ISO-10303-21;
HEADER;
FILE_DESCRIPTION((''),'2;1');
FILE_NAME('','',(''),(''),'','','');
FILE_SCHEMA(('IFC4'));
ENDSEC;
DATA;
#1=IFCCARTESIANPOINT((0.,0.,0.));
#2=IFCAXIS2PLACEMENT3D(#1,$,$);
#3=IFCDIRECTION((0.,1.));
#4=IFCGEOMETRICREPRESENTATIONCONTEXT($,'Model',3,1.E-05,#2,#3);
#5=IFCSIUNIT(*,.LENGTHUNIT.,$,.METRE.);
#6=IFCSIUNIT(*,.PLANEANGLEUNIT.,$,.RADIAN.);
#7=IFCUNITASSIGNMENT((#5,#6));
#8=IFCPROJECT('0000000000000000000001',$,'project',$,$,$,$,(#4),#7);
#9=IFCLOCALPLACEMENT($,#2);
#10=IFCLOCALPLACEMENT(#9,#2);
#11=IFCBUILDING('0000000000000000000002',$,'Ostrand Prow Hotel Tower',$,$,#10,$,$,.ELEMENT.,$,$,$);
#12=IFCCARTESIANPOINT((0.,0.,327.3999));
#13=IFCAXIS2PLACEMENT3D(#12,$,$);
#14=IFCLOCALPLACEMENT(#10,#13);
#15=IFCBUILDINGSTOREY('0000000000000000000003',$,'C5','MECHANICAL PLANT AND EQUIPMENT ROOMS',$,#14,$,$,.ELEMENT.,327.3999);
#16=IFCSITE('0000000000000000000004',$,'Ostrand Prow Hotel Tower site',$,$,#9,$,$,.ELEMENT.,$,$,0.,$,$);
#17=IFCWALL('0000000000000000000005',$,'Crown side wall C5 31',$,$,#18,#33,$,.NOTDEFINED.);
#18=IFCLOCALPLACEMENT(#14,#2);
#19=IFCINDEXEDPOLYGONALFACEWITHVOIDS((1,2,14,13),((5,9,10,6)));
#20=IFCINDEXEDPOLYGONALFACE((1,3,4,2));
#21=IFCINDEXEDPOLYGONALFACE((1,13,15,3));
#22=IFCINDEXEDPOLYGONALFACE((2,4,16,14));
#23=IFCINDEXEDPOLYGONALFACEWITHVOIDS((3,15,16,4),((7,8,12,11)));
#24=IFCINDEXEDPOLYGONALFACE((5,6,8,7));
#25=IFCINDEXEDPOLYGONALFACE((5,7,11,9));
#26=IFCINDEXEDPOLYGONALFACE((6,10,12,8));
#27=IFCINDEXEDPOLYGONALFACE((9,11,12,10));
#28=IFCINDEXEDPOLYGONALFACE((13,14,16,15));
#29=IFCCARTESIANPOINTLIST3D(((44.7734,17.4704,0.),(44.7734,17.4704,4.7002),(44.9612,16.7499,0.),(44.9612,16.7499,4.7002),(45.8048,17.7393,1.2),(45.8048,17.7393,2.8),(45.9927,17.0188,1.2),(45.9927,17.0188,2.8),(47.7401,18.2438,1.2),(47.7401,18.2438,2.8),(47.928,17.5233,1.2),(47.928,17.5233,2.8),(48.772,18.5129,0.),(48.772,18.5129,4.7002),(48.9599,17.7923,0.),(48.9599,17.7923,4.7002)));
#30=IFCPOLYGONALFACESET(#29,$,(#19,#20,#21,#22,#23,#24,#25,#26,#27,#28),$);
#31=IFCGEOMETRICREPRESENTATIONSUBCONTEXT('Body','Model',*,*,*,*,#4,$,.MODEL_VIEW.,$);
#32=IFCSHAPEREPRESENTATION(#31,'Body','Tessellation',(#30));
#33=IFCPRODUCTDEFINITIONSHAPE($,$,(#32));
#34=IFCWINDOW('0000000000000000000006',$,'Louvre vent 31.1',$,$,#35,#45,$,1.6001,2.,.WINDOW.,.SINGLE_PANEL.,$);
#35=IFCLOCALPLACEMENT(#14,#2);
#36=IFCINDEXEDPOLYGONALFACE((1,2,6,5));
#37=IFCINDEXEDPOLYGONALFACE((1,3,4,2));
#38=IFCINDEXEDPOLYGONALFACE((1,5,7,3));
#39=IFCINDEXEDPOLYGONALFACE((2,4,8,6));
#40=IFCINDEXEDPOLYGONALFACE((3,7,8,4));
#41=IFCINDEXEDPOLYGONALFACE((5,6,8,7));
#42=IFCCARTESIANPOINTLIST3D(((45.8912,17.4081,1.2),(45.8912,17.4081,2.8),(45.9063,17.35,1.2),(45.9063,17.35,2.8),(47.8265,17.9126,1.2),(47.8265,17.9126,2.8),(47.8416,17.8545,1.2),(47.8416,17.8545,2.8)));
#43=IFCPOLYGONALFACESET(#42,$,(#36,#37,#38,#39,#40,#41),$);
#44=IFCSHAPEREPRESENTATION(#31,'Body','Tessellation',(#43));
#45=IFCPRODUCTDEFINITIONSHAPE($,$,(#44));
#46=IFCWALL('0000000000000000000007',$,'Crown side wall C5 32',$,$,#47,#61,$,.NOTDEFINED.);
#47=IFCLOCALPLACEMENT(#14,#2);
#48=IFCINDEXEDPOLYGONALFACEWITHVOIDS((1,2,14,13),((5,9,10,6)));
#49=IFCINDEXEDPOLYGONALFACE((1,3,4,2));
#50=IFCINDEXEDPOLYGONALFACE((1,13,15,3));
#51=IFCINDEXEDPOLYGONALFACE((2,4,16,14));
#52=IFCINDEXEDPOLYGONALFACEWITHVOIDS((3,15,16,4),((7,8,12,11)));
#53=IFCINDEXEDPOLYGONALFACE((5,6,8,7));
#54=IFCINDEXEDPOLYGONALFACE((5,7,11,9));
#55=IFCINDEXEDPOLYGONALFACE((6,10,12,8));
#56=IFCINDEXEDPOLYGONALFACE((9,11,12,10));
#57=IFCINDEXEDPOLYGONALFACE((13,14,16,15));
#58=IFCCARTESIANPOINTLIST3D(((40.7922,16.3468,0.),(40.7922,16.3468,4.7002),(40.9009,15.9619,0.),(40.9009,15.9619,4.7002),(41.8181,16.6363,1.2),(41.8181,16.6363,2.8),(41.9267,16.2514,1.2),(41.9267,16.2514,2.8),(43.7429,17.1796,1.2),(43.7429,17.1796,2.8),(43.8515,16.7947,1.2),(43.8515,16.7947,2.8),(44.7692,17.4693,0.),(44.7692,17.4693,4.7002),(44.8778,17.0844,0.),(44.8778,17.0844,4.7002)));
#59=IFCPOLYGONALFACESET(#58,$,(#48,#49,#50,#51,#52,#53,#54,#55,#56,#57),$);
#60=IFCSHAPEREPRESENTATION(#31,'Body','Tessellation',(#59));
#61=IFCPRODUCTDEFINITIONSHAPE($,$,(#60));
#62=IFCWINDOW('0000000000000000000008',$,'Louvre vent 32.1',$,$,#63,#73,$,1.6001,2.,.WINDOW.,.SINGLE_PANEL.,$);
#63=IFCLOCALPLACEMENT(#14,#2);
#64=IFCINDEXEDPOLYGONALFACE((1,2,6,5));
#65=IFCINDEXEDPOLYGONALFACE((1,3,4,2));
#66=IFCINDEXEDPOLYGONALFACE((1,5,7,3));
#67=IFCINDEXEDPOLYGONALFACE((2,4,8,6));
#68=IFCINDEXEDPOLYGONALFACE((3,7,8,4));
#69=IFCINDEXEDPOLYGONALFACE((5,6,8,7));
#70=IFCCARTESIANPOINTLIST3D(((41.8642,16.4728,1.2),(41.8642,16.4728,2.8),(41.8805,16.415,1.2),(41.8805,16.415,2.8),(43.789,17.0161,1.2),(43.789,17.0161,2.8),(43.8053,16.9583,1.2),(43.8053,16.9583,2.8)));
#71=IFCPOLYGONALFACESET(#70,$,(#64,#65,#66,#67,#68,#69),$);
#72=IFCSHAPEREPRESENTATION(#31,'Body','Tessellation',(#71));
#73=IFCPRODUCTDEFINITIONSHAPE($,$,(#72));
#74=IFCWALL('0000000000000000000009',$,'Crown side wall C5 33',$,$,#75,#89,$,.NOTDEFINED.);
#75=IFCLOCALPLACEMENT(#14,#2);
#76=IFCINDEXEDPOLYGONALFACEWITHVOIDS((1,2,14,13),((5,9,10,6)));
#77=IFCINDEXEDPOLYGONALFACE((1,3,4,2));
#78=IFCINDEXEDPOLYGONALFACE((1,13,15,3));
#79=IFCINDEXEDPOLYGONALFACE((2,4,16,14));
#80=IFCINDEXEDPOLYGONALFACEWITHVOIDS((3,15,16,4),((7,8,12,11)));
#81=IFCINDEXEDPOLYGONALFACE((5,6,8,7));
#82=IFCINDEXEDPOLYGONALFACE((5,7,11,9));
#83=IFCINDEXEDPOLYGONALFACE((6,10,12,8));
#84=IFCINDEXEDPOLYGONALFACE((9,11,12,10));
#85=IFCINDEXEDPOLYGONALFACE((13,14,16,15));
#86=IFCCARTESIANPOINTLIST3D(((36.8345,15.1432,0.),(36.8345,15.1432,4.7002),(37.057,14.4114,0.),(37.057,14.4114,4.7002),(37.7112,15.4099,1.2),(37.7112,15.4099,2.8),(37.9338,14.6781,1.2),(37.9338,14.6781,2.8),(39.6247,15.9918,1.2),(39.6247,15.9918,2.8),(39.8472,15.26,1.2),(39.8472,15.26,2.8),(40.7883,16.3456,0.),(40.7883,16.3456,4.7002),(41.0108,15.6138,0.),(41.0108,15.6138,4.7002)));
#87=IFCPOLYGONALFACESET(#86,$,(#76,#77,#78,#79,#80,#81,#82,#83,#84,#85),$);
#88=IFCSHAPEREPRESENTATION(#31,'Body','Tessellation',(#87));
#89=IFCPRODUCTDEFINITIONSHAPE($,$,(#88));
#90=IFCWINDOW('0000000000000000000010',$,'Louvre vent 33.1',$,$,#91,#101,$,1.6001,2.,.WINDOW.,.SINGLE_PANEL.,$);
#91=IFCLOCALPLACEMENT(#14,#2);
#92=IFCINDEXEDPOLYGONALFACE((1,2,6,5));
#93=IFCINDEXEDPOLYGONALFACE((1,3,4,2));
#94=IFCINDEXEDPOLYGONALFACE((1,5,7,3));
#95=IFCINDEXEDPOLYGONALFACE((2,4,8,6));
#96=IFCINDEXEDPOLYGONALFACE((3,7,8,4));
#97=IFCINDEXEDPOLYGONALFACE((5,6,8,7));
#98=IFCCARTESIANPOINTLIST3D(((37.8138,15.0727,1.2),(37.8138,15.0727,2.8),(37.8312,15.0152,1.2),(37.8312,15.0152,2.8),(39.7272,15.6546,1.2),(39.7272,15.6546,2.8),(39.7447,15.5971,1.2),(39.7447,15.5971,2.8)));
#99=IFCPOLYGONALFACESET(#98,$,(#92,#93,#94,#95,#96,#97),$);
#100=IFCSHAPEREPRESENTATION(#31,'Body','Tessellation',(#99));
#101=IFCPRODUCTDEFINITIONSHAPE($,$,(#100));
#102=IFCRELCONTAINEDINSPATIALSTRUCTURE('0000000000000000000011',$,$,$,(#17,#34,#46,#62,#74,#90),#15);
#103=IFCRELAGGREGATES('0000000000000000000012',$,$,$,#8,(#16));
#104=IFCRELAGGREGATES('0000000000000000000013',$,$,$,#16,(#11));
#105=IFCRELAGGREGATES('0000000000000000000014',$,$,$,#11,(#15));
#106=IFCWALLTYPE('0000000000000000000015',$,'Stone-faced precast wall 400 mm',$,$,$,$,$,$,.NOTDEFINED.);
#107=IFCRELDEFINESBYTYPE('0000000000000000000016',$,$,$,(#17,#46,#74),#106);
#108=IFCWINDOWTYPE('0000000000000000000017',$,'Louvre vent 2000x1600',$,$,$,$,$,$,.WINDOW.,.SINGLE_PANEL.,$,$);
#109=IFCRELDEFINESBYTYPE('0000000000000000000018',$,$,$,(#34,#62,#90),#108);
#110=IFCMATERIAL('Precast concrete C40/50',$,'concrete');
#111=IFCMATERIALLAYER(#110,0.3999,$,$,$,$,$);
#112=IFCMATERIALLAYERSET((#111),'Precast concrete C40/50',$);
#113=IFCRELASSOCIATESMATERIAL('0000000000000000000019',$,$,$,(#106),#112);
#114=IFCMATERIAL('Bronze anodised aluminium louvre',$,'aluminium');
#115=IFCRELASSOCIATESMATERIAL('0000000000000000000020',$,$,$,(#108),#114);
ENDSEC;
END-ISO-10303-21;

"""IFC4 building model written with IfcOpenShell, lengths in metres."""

from ifc_helpers import new_model, si_unit, direction, frame, frame_2d, origin, place, context, subcontext, project, spatial, rectangle, extrude, material, layer, layer_set, type_object, element, fill, save


model = new_model("IFC4")

# Units and contexts
model_context = context("Model", 3, precision=1e-05, world=origin(), true_north=direction((0.0, 1.0)))
body_context = subcontext(model_context, "Body", "Model", "MODEL_VIEW")
ifc_project = project(units=[si_unit("LENGTHUNIT", "METRE"), si_unit("PLANEANGLEUNIT", "RADIAN")], contexts=[model_context])

# Site, building, storey
site_placement = place(None, origin())
site = spatial("IfcSite", under=ifc_project, at=site_placement, Name="Ostrand Prow Hotel Tower site", CompositionType="ELEMENT", RefElevation=0.0)
building_placement = place(site_placement, origin())
building = spatial("IfcBuilding", under=site, at=building_placement, Name="Ostrand Prow Hotel Tower", CompositionType="ELEMENT")
storey_placement = place(building_placement, frame((0.0, 0.0, 327.3999)))
storey = spatial("IfcBuildingStorey", under=building, at=storey_placement, Name="C5", Description="MECHANICAL PLANT AND EQUIPMENT ROOMS", CompositionType="ELEMENT", Elevation=327.3999)

# Walls, openings, windows
ifc_material_1 = material(Name="Precast concrete C40/50", Category="concrete")
ifc_layer_1 = layer(ifc_material_1, 0.3999)
ifc_layer_set_1 = layer_set([ifc_layer_1], Name="Precast concrete C40/50")
wall_type_1 = type_object("IfcWallType", Name="Stone-faced precast wall 400 mm", PredefinedType="NOTDEFINED", material=ifc_layer_set_1)
wall_1_placement = place(storey_placement, frame((48.866, 18.1526, 0.0), z_axis=(0.0, 0.0, 1.0), x_axis=(-0.967657, -0.252268, 0.0)))
wall_1 = element("IfcWall", 1, at=wall_1_placement, inside=storey, type_object=wall_type_1, Name="Crown side wall C5 31", PredefinedType="NOTDEFINED", context=body_context, shape_type="SweptSolid", body=[
    extrude(rectangle(XDim=4.1323, YDim=0.7446, at=frame_2d((2.0662, 0.0))), origin(), (0.0, 0.0, 1.0), 4.7002),
])
opening_1_placement = place(wall_1_placement, frame((1.0664, 0.0, 1.2)))
opening_1 = element("IfcOpeningElement", 2, at=opening_1_placement, cuts=wall_1, PredefinedType="OPENING", context=body_context, shape_type="SweptSolid", body=[
    extrude(rectangle(XDim=2.0, YDim=1.6001, at=frame_2d((1.0, 0.8))), frame((0.0, 0.3823, 0.0), z_axis=(0.0, -1.0, 0.0), x_axis=(1.0, 0.0, 0.0)), (0.0, 0.0, 1.0), 0.7646),
])
ifc_material_2 = material(Name="Bronze anodised aluminium louvre", Category="aluminium")
window_type = type_object("IfcWindowType", Name="Louvre vent 2000x1600", PartitioningType="SINGLE_PANEL", PredefinedType="WINDOW", material=ifc_material_2)
window_1_placement = place(opening_1_placement, origin())
window_1 = element("IfcWindow", 3, at=window_1_placement, inside=storey, type_object=window_type, Name="Louvre vent 31.1", OverallHeight=1.6001, OverallWidth=2.0, PartitioningType="SINGLE_PANEL", PredefinedType="WINDOW", context=body_context, shape_type="SweptSolid", body=[
    extrude(rectangle(XDim=2.0, YDim=1.6001, at=frame_2d((1.0, 0.8))), frame((0.0, 0.03, 0.0), z_axis=(0.0, -1.0, 0.0), x_axis=(1.0, 0.0, 0.0)), (0.0, 0.0, 1.0), 0.0601),
])
fill(opening_1, window_1)
wall_2_placement = place(storey_placement, frame((44.8235, 17.2769, 0.0), z_axis=(0.0, 0.0, 1.0), x_axis=(-0.962397, -0.271645, 0.0)))
wall_2 = element("IfcWall", 4, at=wall_2_placement, inside=storey, type_object=wall_type_1, Name="Crown side wall C5 32", PredefinedType="NOTDEFINED", context=body_context, shape_type="SweptSolid", body=[
    extrude(rectangle(XDim=4.1323, YDim=0.3999, at=frame_2d((2.0662, 0.0))), origin(), (0.0, 0.0, 1.0), 4.7002),
])
opening_2_placement = place(wall_2_placement, frame((1.0664, 0.0, 1.2)))
opening_2 = element("IfcOpeningElement", 5, at=opening_2_placement, cuts=wall_2, PredefinedType="OPENING", context=body_context, shape_type="SweptSolid", body=[
    extrude(rectangle(XDim=2.0, YDim=1.6001, at=frame_2d((1.0, 0.8))), frame((0.0, 0.21, 0.0), z_axis=(0.0, -1.0, 0.0), x_axis=(1.0, 0.0, 0.0)), (0.0, 0.0, 1.0), 0.4199),
])
window_2_placement = place(opening_2_placement, origin())
window_2 = element("IfcWindow", 6, at=window_2_placement, inside=storey, type_object=window_type, Name="Louvre vent 32.1", OverallHeight=1.6001, OverallWidth=2.0, PartitioningType="SINGLE_PANEL", PredefinedType="WINDOW", context=body_context, shape_type="SweptSolid", body=[
    extrude(rectangle(XDim=2.0, YDim=1.6001, at=frame_2d((1.0, 0.8))), frame((0.0, 0.03, 0.0), z_axis=(0.0, -1.0, 0.0), x_axis=(1.0, 0.0, 0.0)), (0.0, 0.0, 1.0), 0.0601),
])
fill(opening_2, window_2)
wall_3_placement = place(storey_placement, frame((40.8997, 15.9797, 0.0), z_axis=(0.0, 0.0, 1.0), x_axis=(-0.956738, -0.29095, 0.0)))
wall_3 = element("IfcWall", 7, at=wall_3_placement, inside=storey, type_object=wall_type_1, Name="Crown side wall C5 33", PredefinedType="NOTDEFINED", context=body_context, shape_type="SweptSolid", body=[
    extrude(rectangle(XDim=4.1326, YDim=0.7649, at=frame_2d((2.0664, 0.0))), origin(), (0.0, 0.0, 1.0), 4.7002),
])
opening_3_placement = place(wall_3_placement, frame((1.2163, 0.0, 1.2)))
opening_3 = element("IfcOpeningElement", 8, at=opening_3_placement, cuts=wall_3, PredefinedType="OPENING", context=body_context, shape_type="SweptSolid", body=[
    extrude(rectangle(XDim=2.0, YDim=1.6001, at=frame_2d((1.0, 0.8))), frame((0.0, 0.3923, 0.0), z_axis=(0.0, -1.0, 0.0), x_axis=(1.0, 0.0, 0.0)), (0.0, 0.0, 1.0), 0.7849),
])
window_3_placement = place(opening_3_placement, origin())
window_3 = element("IfcWindow", 9, at=window_3_placement, inside=storey, type_object=window_type, Name="Louvre vent 33.1", OverallHeight=1.6001, OverallWidth=2.0, PartitioningType="SINGLE_PANEL", PredefinedType="WINDOW", context=body_context, shape_type="SweptSolid", body=[
    extrude(rectangle(XDim=2.0, YDim=1.6001, at=frame_2d((1.0, 0.8))), frame((0.0, 0.03, 0.0), z_axis=(0.0, -1.0, 0.0), x_axis=(1.0, 0.0, 0.0)), (0.0, 0.0, 1.0), 0.0601),
])
fill(opening_3, window_3)

save(model, "model.ifc")
